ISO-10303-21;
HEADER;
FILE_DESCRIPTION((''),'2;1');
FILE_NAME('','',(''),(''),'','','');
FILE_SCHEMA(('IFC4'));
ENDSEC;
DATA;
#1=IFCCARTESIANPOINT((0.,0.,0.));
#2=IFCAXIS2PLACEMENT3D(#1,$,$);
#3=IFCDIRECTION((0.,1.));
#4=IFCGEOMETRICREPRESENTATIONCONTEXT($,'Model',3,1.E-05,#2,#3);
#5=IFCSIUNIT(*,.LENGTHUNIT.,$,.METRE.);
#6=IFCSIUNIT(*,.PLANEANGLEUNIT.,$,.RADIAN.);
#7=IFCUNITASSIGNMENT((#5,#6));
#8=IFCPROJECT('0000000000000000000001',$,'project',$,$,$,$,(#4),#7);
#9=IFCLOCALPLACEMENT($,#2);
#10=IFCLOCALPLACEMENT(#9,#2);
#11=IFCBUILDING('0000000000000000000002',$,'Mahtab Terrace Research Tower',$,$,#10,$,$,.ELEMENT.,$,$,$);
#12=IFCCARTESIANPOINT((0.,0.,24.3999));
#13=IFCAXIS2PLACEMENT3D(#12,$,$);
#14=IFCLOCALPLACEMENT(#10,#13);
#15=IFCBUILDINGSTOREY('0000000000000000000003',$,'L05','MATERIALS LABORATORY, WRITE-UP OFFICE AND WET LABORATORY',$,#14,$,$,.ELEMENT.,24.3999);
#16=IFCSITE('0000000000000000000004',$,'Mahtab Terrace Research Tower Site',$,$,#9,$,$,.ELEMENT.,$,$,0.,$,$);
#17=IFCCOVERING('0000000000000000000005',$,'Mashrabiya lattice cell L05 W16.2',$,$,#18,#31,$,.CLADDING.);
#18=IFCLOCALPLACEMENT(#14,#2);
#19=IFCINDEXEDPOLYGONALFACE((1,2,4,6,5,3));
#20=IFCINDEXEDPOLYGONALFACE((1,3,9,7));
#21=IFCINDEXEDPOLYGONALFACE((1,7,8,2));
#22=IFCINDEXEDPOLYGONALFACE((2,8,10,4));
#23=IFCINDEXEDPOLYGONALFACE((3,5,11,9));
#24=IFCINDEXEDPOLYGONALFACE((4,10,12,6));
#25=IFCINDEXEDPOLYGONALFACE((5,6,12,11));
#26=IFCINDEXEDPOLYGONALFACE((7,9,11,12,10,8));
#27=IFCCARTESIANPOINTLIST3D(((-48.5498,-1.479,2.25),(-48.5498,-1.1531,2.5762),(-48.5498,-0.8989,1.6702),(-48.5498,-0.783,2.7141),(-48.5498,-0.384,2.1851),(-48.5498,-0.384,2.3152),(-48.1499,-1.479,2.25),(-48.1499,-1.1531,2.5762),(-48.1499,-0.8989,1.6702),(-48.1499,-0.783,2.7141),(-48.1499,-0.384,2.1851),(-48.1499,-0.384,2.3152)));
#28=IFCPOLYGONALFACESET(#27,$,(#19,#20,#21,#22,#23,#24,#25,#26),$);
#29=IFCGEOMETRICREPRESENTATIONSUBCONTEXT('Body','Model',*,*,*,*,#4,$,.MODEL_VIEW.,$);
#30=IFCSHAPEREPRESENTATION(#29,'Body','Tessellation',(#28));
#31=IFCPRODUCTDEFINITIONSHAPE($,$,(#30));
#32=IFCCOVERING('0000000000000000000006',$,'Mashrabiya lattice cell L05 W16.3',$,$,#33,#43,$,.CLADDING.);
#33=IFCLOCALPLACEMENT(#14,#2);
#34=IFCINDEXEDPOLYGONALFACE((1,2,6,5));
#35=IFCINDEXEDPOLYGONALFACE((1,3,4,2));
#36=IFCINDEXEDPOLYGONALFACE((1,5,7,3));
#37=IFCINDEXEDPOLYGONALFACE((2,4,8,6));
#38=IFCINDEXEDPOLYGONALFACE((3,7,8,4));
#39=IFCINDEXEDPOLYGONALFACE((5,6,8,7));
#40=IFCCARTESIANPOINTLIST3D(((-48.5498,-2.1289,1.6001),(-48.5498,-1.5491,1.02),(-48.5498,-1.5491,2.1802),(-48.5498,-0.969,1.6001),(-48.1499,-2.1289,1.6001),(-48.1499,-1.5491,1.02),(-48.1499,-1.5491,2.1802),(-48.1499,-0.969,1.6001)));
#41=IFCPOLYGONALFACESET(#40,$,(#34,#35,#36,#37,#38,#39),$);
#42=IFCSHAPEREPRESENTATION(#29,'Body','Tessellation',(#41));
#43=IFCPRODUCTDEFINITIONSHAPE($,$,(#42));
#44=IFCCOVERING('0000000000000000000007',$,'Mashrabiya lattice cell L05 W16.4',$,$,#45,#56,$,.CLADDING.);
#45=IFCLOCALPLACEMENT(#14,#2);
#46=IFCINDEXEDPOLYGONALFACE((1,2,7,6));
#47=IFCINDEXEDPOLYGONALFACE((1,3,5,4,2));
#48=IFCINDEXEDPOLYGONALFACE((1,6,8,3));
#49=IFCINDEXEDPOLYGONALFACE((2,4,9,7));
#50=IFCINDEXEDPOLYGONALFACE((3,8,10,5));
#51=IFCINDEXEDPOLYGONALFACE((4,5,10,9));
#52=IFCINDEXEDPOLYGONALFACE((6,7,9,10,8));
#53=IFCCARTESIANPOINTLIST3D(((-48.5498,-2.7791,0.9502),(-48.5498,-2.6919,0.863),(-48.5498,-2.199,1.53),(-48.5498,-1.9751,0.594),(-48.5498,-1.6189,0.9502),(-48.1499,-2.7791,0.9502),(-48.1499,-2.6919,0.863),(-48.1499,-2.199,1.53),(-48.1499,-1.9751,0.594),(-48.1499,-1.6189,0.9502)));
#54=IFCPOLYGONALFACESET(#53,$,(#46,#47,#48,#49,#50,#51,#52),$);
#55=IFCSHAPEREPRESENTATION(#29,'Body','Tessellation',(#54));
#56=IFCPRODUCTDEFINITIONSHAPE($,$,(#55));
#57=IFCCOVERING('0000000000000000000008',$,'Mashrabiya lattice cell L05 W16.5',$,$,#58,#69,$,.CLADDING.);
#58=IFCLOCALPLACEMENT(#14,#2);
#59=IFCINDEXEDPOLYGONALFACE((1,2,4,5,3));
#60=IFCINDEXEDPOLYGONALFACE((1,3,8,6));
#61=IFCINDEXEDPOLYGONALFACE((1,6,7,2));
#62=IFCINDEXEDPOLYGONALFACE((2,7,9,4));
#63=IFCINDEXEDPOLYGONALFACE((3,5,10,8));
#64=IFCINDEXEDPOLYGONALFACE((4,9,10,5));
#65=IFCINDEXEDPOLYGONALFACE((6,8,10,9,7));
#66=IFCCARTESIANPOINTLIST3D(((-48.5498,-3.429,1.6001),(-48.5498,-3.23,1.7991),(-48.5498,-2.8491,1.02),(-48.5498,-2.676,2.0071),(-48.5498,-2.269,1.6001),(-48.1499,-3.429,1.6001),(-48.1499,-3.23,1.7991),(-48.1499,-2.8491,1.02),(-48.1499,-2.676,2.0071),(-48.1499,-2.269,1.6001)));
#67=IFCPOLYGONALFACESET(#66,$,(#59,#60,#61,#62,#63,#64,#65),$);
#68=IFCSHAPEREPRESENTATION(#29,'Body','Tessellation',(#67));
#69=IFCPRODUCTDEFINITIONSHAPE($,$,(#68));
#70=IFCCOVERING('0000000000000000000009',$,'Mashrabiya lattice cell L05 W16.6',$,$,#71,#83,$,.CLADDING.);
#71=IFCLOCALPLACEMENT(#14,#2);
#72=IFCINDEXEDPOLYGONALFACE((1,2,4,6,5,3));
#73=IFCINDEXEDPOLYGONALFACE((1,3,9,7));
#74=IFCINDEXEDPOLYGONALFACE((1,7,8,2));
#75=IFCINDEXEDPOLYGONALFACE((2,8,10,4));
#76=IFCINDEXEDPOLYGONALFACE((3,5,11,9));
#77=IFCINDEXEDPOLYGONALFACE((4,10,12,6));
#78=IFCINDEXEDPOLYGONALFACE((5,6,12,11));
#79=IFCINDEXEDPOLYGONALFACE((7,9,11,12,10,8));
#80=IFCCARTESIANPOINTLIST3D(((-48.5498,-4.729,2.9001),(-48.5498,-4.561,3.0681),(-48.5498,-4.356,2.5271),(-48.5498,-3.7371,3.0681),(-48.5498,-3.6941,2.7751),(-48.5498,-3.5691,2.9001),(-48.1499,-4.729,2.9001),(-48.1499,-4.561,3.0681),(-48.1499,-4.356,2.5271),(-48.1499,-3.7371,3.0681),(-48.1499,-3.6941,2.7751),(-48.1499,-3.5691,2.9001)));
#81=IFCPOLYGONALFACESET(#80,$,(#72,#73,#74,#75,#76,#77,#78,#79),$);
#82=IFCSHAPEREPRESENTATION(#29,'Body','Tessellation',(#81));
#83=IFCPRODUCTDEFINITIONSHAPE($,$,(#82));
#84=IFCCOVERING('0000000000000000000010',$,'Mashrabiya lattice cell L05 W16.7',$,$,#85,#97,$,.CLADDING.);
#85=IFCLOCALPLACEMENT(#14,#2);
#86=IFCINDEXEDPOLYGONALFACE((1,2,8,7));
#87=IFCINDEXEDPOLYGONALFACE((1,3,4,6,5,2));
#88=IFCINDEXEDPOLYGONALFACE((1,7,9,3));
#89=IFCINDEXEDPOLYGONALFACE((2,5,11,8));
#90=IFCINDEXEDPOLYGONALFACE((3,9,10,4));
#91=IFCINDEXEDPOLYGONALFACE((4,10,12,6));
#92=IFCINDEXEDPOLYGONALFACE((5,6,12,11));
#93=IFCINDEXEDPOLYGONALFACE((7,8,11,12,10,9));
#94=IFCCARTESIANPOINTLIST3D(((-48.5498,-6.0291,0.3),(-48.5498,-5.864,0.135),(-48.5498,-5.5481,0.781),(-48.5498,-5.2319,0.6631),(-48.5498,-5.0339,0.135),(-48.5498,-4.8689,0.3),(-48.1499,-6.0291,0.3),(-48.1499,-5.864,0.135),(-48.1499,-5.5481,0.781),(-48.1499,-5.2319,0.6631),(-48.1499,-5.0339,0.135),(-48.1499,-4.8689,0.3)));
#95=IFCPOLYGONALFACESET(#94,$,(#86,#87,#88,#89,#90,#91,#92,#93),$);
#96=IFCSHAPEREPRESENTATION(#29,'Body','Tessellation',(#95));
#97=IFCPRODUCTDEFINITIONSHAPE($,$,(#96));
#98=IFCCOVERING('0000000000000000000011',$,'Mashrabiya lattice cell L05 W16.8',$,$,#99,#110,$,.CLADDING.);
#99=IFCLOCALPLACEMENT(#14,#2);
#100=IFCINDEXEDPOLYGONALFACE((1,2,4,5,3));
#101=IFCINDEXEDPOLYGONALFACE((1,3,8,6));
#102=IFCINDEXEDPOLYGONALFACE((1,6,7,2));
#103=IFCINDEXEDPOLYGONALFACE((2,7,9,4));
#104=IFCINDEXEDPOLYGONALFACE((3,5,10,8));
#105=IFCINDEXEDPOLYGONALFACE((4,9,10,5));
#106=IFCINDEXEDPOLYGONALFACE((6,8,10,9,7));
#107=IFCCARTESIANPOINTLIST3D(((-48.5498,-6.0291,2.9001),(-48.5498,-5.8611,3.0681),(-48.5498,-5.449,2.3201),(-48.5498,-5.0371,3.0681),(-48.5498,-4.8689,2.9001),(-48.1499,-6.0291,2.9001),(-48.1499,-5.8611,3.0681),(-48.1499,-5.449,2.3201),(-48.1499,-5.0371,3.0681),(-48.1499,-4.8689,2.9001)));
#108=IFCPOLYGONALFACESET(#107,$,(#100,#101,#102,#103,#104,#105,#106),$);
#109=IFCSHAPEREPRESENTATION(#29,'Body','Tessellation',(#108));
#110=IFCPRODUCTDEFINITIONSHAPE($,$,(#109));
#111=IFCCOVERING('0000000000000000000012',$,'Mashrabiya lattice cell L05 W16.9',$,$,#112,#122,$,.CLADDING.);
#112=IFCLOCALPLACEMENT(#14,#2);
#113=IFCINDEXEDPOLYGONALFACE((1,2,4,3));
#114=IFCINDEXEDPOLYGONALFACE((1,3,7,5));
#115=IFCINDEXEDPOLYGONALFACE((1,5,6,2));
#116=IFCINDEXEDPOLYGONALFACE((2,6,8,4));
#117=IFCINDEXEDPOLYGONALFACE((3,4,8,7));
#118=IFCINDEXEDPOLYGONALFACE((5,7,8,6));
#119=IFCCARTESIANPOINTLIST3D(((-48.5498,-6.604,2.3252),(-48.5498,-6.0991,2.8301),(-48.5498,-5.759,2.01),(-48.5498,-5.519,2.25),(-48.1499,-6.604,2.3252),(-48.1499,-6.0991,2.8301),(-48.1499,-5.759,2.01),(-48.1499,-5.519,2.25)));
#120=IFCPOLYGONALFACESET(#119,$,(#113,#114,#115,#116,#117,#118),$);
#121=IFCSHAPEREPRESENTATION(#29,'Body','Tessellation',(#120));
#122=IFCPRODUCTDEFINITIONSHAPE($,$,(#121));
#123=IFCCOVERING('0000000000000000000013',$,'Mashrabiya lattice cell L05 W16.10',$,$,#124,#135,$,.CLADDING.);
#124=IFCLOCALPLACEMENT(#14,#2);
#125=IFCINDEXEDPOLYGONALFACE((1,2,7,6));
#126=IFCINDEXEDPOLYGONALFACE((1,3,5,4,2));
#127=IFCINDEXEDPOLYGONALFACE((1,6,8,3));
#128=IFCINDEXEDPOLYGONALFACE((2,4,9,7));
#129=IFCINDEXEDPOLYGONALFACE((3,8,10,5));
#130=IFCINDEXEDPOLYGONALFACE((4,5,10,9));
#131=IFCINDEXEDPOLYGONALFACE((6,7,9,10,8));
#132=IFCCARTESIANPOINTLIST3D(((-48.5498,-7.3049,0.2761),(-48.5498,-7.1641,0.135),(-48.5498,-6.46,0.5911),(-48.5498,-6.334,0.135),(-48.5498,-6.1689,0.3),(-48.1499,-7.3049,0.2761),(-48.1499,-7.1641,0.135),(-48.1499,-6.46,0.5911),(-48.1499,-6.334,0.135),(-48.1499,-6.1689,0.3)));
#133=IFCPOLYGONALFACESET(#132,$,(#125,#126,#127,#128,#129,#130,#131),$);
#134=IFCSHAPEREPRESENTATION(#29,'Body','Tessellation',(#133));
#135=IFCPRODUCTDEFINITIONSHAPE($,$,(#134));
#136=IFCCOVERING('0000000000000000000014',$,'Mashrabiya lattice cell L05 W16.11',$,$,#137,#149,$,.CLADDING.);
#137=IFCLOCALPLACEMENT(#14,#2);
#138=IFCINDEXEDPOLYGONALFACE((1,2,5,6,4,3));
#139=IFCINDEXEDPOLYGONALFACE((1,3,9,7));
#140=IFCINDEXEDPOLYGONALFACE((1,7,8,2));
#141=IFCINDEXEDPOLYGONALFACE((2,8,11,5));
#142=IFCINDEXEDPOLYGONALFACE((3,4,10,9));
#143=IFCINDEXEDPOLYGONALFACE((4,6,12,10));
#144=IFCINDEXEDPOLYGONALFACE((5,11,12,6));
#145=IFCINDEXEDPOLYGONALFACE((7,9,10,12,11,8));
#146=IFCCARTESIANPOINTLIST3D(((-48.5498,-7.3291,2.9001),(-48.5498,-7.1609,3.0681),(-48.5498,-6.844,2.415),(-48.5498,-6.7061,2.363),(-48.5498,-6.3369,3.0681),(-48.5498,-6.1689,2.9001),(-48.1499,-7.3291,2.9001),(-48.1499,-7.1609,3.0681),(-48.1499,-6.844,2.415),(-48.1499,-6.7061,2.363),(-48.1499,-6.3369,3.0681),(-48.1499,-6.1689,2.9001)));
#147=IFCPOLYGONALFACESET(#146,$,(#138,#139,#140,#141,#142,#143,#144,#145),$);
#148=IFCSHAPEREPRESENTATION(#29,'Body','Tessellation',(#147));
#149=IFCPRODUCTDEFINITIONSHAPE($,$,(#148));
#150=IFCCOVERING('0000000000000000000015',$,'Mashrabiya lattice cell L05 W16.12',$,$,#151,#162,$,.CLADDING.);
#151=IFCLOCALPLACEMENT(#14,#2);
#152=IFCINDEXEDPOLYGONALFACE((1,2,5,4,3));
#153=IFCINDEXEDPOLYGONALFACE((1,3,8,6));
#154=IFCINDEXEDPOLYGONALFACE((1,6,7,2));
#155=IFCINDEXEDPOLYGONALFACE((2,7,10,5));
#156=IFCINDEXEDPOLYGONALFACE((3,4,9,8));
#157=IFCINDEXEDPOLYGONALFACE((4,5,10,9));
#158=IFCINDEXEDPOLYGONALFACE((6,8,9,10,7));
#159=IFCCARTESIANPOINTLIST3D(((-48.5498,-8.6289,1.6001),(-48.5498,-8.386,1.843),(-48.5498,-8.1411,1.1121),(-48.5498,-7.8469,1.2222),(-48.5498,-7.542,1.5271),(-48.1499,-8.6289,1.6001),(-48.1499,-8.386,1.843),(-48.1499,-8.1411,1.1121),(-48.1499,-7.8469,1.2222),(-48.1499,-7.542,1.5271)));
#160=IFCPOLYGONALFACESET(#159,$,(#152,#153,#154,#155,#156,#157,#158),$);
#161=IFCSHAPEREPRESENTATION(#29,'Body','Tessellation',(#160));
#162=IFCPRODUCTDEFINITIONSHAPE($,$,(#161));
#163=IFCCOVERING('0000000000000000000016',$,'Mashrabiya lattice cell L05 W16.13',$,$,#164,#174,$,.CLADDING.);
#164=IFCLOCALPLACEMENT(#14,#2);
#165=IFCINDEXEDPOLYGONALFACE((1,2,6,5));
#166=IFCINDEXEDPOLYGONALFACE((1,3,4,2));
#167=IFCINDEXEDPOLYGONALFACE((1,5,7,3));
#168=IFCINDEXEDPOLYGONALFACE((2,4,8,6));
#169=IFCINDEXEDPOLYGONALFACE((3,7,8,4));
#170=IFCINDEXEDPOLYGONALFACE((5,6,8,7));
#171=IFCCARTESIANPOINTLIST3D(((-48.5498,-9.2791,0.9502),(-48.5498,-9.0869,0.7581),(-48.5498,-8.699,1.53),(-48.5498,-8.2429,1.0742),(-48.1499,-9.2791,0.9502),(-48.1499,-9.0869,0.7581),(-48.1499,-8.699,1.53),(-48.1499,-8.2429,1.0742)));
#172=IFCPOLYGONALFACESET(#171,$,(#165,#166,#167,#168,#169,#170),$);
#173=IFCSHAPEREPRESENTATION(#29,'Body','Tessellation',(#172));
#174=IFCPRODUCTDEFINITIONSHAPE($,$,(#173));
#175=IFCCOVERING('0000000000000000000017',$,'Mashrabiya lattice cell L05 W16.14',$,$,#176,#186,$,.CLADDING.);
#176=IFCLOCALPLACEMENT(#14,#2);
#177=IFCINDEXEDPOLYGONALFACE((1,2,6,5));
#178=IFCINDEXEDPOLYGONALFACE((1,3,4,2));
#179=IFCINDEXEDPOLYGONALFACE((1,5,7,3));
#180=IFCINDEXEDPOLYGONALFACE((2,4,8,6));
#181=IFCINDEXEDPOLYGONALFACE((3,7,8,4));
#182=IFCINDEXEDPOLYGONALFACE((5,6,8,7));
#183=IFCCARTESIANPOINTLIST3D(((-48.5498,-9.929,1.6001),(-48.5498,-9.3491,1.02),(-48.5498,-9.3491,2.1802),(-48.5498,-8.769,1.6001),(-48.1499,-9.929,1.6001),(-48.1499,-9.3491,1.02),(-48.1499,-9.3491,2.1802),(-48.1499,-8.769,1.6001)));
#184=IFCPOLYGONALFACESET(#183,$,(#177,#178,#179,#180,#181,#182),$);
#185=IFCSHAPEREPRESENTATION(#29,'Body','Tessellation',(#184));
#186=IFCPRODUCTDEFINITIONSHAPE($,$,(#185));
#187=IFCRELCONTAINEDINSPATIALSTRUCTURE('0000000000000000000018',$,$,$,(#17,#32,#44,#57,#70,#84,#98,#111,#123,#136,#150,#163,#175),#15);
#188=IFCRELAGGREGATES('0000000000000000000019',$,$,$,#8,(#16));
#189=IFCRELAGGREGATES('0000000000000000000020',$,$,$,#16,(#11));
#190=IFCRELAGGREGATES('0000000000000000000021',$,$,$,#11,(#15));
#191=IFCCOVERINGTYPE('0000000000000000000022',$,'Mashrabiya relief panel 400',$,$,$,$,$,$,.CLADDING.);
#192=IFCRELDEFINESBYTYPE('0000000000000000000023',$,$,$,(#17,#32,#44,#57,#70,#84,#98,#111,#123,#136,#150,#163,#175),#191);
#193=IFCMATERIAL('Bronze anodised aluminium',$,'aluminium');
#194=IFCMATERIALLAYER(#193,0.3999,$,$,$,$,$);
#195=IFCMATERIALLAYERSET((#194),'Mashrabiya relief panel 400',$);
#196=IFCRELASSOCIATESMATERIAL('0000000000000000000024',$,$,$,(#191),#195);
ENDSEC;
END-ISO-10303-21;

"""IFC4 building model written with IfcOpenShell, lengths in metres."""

from ifc_helpers import new_model, si_unit, direction, frame, origin, place, context, subcontext, project, spatial, polyline, outline, extrude, material, layer, layer_set, type_object, element, save


model = new_model("IFC4")

# Units and contexts
model_context = context("Model", 3, precision=1e-05, world=origin(), true_north=direction((0.0, 1.0)))
body_context = subcontext(model_context, "Body", "Model", "MODEL_VIEW")
ifc_project = project(units=[si_unit("LENGTHUNIT", "METRE"), si_unit("PLANEANGLEUNIT", "RADIAN")], contexts=[model_context])

# Site, building, storey
site_placement = place(None, origin())
site = spatial("IfcSite", under=ifc_project, at=site_placement, Name="Mahtab Terrace Research Tower Site", CompositionType="ELEMENT", RefElevation=0.0)
building_placement = place(site_placement, origin())
building = spatial("IfcBuilding", under=site, at=building_placement, Name="Mahtab Terrace Research Tower", CompositionType="ELEMENT")
storey_placement = place(building_placement, frame((0.0, 0.0, 24.3999)))
storey = spatial("IfcBuildingStorey", under=building, at=storey_placement, Name="L05", Description="MATERIALS LABORATORY, WRITE-UP OFFICE AND WET LABORATORY", CompositionType="ELEMENT", Elevation=24.3999)

# Coverings
ifc_material = material(Name="Bronze anodised aluminium", Category="aluminium")
ifc_layer = layer(ifc_material, 0.3999)
ifc_layer_set = layer_set([ifc_layer], Name="Mashrabiya relief panel 400")
covering_type = type_object("IfcCoveringType", Name="Mashrabiya relief panel 400", PredefinedType="CLADDING", material=ifc_layer_set)
covering_1_placement = place(storey_placement, frame((-48.1499, -1.479, 2.25), z_axis=(1.0, 0.0, 0.0), x_axis=(0.0, 0.707256, -0.706958)))
element("IfcCovering", 1, at=covering_1_placement, inside=storey, type_object=covering_type, Name="Mashrabiya lattice cell L05 W16.2", PredefinedType="CLADDING", context=body_context, shape_type="SweptSolid", body=[
    extrude(outline(polyline([(0.0, 0.0), (0.8202, 0.0), (0.8203, 0.7282), (0.7283, 0.8202), (0.1642, 0.8203), (-0.0001, 0.4611), (0.0, 0.0)])), origin(), (0.0, 0.0, -1.0), 0.3999),
])
covering_2_placement = place(storey_placement, frame((-48.1499, -1.5491, 2.1802), z_axis=(1.0, 0.0, 0.0), x_axis=(0.0, -0.706958, -0.707256)))
element("IfcCovering", 2, at=covering_2_placement, inside=storey, type_object=covering_type, Name="Mashrabiya lattice cell L05 W16.3", PredefinedType="CLADDING", context=body_context, shape_type="SweptSolid", body=[
    extrude(outline(polyline([(0.0, 0.0), (0.8202, 0.0), (0.8205, 0.8202), (0.0002, 0.8204), (0.0, 0.0)])), origin(), (0.0, 0.0, -1.0), 0.3999),
])
covering_3_placement = place(storey_placement, frame((-48.1499, -1.6189, 0.9502), z_axis=(1.0, 0.0, 0.0), x_axis=(0.0, -0.707256, 0.706958)))
element("IfcCovering", 3, at=covering_3_placement, inside=storey, type_object=covering_type, Name="Mashrabiya lattice cell L05 W16.4", PredefinedType="CLADDING", context=body_context, shape_type="SweptSolid", body=[
    extrude(outline(polyline([(0.0, 0.0), (0.8202, 0.0), (0.8205, 0.8202), (0.6973, 0.8202), (0.0001, 0.5037), (0.0, 0.0)])), origin(), (0.0, 0.0, -1.0), 0.3999),
])
covering_4_placement = place(storey_placement, frame((-48.1499, -3.429, 1.6001), z_axis=(1.0, 0.0, 0.0), x_axis=(0.0, 0.706958, -0.707256)))
element("IfcCovering", 4, at=covering_4_placement, inside=storey, type_object=covering_type, Name="Mashrabiya lattice cell L05 W16.5", PredefinedType="CLADDING", context=body_context, shape_type="SweptSolid", body=[
    extrude(outline(polyline([(0.0, 0.0), (0.8202, 0.0), (0.82, 0.8204), (0.2444, 0.8202), (-0.0001, 0.2814), (0.0, 0.0)])), origin(), (0.0, 0.0, -1.0), 0.3999),
])
covering_5_placement = place(storey_placement, frame((-48.1499, -3.5691, 2.9001), z_axis=(1.0, 0.0, 0.0), x_axis=(0.0, -0.707107, 0.707107)))
element("IfcCovering", 5, at=covering_5_placement, inside=storey, type_object=covering_type, Name="Mashrabiya lattice cell L05 W16.6", PredefinedType="CLADDING", context=body_context, shape_type="SweptSolid", body=[
    extrude(outline(polyline([(0.0, 0.0), (0.2375, 0.0), (0.8202, 0.5826), (0.8202, 0.8202), (0.2926, 0.8202), (0.0, 0.1768), (0.0, 0.0)])), origin(), (0.0, 0.0, -1.0), 0.3999),
])
covering_6_placement = place(storey_placement, frame((-48.1499, -4.8689, 0.3), z_axis=(1.0, 0.0, 0.0), x_axis=(0.0, -0.707107, 0.707107)))
element("IfcCovering", 6, at=covering_6_placement, inside=storey, type_object=covering_type, Name="Mashrabiya lattice cell L05 W16.7", PredefinedType="CLADDING", context=body_context, shape_type="SweptSolid", body=[
    extrude(outline(polyline([(0.0, 0.0), (0.5134, 0.0), (0.8204, 0.1402), (0.8204, 0.8204), (0.587, 0.8204), (0.0, 0.2334), (0.0, 0.0)])), origin(), (0.0, 0.0, -1.0), 0.3999),
])
covering_7_placement = place(storey_placement, frame((-48.1499, -6.0291, 2.9001), z_axis=(1.0, 0.0, 0.0), x_axis=(0.0, 0.707107, -0.707107)))
element("IfcCovering", 7, at=covering_7_placement, inside=storey, type_object=covering_type, Name="Mashrabiya lattice cell L05 W16.8", PredefinedType="CLADDING", context=body_context, shape_type="SweptSolid", body=[
    extrude(outline(polyline([(0.0, 0.0), (0.8204, 0.0), (0.8204, 0.8204), (0.5826, 0.8202), (0.0, 0.2375), (0.0, 0.0)])), origin(), (0.0, 0.0, -1.0), 0.3999),
])
covering_8_placement = place(storey_placement, frame((-48.1499, -5.519, 2.25), z_axis=(1.0, 0.0, 0.0), x_axis=(0.0, -0.707107, 0.707107)))
element("IfcCovering", 8, at=covering_8_placement, inside=storey, type_object=covering_type, Name="Mashrabiya lattice cell L05 W16.9", PredefinedType="CLADDING", context=body_context, shape_type="SweptSolid", body=[
    extrude(outline(polyline([(0.0, 0.0), (0.8204, 0.0), (0.8204, 0.714), (0.0, 0.3394), (0.0, 0.0)])), origin(), (0.0, 0.0, -1.0), 0.3999),
])
covering_9_placement = place(storey_placement, frame((-48.1499, -6.1689, 0.3), z_axis=(1.0, 0.0, 0.0), x_axis=(0.0, -0.707107, 0.707107)))
element("IfcCovering", 9, at=covering_9_placement, inside=storey, type_object=covering_type, Name="Mashrabiya lattice cell L05 W16.10", PredefinedType="CLADDING", context=body_context, shape_type="SweptSolid", body=[
    extrude(outline(polyline([(0.0, 0.0), (0.4116, 0.0), (0.7863, 0.8202), (0.587, 0.8204), (0.0, 0.2334), (0.0, 0.0)])), origin(), (0.0, 0.0, -1.0), 0.3999),
])
covering_10_placement = place(storey_placement, frame((-48.1499, -6.1689, 2.9001), z_axis=(1.0, 0.0, 0.0), x_axis=(0.0, -0.707107, 0.707107)))
element("IfcCovering", 10, at=covering_10_placement, inside=storey, type_object=covering_type, Name="Mashrabiya lattice cell L05 W16.11", PredefinedType="CLADDING", context=body_context, shape_type="SweptSolid", body=[
    extrude(outline(polyline([(0.0, 0.0), (0.2375, 0.0), (0.8202, 0.5826), (0.8204, 0.8204), (0.1343, 0.8204), (0.0, 0.7596), (0.0, 0.0)])), origin(), (0.0, 0.0, -1.0), 0.3999),
])
covering_11_placement = place(storey_placement, frame((-48.1499, -7.542, 1.5271), z_axis=(1.0, 0.0, 0.0), x_axis=(0.0, -0.936541, 0.350559)))
element("IfcCovering", 11, at=covering_11_placement, inside=storey, type_object=covering_type, Name="Mashrabiya lattice cell L05 W16.12", PredefinedType="CLADDING", context=body_context, shape_type="SweptSolid", body=[
    extrude(outline(polyline([(0.0, 0.0), (0.9012, 0.0), (1.0435, 0.3127), (0.4156, 0.5987), (0.1787, 0.3925), (0.0, 0.0)])), origin(), (0.0, 0.0, -1.0), 0.3999),
])
covering_12_placement = place(storey_placement, frame((-48.1499, -8.699, 1.53), z_axis=(1.0, 0.0, 0.0), x_axis=(0.0, -0.707256, -0.706958)))
element("IfcCovering", 12, at=covering_12_placement, inside=storey, type_object=covering_type, Name="Mashrabiya lattice cell L05 W16.13", PredefinedType="CLADDING", context=body_context, shape_type="SweptSolid", body=[
    extrude(outline(polyline([(0.0, 0.0), (0.8202, 0.0), (0.8201, 0.2717), (-0.0003, 0.6448), (0.0, 0.0)])), origin(), (0.0, 0.0, -1.0), 0.3999),
])
covering_13_placement = place(storey_placement, frame((-48.1499, -9.3491, 2.1802), z_axis=(1.0, 0.0, 0.0), x_axis=(0.0, -0.706958, -0.707256)))
element("IfcCovering", 13, at=covering_13_placement, inside=storey, type_object=covering_type, Name="Mashrabiya lattice cell L05 W16.14", PredefinedType="CLADDING", context=body_context, shape_type="SweptSolid", body=[
    extrude(outline(polyline([(0.0, 0.0), (0.8202, 0.0), (0.8205, 0.8202), (0.0002, 0.8204), (0.0, 0.0)])), origin(), (0.0, 0.0, -1.0), 0.3999),
])

save(model, "model.ifc")
